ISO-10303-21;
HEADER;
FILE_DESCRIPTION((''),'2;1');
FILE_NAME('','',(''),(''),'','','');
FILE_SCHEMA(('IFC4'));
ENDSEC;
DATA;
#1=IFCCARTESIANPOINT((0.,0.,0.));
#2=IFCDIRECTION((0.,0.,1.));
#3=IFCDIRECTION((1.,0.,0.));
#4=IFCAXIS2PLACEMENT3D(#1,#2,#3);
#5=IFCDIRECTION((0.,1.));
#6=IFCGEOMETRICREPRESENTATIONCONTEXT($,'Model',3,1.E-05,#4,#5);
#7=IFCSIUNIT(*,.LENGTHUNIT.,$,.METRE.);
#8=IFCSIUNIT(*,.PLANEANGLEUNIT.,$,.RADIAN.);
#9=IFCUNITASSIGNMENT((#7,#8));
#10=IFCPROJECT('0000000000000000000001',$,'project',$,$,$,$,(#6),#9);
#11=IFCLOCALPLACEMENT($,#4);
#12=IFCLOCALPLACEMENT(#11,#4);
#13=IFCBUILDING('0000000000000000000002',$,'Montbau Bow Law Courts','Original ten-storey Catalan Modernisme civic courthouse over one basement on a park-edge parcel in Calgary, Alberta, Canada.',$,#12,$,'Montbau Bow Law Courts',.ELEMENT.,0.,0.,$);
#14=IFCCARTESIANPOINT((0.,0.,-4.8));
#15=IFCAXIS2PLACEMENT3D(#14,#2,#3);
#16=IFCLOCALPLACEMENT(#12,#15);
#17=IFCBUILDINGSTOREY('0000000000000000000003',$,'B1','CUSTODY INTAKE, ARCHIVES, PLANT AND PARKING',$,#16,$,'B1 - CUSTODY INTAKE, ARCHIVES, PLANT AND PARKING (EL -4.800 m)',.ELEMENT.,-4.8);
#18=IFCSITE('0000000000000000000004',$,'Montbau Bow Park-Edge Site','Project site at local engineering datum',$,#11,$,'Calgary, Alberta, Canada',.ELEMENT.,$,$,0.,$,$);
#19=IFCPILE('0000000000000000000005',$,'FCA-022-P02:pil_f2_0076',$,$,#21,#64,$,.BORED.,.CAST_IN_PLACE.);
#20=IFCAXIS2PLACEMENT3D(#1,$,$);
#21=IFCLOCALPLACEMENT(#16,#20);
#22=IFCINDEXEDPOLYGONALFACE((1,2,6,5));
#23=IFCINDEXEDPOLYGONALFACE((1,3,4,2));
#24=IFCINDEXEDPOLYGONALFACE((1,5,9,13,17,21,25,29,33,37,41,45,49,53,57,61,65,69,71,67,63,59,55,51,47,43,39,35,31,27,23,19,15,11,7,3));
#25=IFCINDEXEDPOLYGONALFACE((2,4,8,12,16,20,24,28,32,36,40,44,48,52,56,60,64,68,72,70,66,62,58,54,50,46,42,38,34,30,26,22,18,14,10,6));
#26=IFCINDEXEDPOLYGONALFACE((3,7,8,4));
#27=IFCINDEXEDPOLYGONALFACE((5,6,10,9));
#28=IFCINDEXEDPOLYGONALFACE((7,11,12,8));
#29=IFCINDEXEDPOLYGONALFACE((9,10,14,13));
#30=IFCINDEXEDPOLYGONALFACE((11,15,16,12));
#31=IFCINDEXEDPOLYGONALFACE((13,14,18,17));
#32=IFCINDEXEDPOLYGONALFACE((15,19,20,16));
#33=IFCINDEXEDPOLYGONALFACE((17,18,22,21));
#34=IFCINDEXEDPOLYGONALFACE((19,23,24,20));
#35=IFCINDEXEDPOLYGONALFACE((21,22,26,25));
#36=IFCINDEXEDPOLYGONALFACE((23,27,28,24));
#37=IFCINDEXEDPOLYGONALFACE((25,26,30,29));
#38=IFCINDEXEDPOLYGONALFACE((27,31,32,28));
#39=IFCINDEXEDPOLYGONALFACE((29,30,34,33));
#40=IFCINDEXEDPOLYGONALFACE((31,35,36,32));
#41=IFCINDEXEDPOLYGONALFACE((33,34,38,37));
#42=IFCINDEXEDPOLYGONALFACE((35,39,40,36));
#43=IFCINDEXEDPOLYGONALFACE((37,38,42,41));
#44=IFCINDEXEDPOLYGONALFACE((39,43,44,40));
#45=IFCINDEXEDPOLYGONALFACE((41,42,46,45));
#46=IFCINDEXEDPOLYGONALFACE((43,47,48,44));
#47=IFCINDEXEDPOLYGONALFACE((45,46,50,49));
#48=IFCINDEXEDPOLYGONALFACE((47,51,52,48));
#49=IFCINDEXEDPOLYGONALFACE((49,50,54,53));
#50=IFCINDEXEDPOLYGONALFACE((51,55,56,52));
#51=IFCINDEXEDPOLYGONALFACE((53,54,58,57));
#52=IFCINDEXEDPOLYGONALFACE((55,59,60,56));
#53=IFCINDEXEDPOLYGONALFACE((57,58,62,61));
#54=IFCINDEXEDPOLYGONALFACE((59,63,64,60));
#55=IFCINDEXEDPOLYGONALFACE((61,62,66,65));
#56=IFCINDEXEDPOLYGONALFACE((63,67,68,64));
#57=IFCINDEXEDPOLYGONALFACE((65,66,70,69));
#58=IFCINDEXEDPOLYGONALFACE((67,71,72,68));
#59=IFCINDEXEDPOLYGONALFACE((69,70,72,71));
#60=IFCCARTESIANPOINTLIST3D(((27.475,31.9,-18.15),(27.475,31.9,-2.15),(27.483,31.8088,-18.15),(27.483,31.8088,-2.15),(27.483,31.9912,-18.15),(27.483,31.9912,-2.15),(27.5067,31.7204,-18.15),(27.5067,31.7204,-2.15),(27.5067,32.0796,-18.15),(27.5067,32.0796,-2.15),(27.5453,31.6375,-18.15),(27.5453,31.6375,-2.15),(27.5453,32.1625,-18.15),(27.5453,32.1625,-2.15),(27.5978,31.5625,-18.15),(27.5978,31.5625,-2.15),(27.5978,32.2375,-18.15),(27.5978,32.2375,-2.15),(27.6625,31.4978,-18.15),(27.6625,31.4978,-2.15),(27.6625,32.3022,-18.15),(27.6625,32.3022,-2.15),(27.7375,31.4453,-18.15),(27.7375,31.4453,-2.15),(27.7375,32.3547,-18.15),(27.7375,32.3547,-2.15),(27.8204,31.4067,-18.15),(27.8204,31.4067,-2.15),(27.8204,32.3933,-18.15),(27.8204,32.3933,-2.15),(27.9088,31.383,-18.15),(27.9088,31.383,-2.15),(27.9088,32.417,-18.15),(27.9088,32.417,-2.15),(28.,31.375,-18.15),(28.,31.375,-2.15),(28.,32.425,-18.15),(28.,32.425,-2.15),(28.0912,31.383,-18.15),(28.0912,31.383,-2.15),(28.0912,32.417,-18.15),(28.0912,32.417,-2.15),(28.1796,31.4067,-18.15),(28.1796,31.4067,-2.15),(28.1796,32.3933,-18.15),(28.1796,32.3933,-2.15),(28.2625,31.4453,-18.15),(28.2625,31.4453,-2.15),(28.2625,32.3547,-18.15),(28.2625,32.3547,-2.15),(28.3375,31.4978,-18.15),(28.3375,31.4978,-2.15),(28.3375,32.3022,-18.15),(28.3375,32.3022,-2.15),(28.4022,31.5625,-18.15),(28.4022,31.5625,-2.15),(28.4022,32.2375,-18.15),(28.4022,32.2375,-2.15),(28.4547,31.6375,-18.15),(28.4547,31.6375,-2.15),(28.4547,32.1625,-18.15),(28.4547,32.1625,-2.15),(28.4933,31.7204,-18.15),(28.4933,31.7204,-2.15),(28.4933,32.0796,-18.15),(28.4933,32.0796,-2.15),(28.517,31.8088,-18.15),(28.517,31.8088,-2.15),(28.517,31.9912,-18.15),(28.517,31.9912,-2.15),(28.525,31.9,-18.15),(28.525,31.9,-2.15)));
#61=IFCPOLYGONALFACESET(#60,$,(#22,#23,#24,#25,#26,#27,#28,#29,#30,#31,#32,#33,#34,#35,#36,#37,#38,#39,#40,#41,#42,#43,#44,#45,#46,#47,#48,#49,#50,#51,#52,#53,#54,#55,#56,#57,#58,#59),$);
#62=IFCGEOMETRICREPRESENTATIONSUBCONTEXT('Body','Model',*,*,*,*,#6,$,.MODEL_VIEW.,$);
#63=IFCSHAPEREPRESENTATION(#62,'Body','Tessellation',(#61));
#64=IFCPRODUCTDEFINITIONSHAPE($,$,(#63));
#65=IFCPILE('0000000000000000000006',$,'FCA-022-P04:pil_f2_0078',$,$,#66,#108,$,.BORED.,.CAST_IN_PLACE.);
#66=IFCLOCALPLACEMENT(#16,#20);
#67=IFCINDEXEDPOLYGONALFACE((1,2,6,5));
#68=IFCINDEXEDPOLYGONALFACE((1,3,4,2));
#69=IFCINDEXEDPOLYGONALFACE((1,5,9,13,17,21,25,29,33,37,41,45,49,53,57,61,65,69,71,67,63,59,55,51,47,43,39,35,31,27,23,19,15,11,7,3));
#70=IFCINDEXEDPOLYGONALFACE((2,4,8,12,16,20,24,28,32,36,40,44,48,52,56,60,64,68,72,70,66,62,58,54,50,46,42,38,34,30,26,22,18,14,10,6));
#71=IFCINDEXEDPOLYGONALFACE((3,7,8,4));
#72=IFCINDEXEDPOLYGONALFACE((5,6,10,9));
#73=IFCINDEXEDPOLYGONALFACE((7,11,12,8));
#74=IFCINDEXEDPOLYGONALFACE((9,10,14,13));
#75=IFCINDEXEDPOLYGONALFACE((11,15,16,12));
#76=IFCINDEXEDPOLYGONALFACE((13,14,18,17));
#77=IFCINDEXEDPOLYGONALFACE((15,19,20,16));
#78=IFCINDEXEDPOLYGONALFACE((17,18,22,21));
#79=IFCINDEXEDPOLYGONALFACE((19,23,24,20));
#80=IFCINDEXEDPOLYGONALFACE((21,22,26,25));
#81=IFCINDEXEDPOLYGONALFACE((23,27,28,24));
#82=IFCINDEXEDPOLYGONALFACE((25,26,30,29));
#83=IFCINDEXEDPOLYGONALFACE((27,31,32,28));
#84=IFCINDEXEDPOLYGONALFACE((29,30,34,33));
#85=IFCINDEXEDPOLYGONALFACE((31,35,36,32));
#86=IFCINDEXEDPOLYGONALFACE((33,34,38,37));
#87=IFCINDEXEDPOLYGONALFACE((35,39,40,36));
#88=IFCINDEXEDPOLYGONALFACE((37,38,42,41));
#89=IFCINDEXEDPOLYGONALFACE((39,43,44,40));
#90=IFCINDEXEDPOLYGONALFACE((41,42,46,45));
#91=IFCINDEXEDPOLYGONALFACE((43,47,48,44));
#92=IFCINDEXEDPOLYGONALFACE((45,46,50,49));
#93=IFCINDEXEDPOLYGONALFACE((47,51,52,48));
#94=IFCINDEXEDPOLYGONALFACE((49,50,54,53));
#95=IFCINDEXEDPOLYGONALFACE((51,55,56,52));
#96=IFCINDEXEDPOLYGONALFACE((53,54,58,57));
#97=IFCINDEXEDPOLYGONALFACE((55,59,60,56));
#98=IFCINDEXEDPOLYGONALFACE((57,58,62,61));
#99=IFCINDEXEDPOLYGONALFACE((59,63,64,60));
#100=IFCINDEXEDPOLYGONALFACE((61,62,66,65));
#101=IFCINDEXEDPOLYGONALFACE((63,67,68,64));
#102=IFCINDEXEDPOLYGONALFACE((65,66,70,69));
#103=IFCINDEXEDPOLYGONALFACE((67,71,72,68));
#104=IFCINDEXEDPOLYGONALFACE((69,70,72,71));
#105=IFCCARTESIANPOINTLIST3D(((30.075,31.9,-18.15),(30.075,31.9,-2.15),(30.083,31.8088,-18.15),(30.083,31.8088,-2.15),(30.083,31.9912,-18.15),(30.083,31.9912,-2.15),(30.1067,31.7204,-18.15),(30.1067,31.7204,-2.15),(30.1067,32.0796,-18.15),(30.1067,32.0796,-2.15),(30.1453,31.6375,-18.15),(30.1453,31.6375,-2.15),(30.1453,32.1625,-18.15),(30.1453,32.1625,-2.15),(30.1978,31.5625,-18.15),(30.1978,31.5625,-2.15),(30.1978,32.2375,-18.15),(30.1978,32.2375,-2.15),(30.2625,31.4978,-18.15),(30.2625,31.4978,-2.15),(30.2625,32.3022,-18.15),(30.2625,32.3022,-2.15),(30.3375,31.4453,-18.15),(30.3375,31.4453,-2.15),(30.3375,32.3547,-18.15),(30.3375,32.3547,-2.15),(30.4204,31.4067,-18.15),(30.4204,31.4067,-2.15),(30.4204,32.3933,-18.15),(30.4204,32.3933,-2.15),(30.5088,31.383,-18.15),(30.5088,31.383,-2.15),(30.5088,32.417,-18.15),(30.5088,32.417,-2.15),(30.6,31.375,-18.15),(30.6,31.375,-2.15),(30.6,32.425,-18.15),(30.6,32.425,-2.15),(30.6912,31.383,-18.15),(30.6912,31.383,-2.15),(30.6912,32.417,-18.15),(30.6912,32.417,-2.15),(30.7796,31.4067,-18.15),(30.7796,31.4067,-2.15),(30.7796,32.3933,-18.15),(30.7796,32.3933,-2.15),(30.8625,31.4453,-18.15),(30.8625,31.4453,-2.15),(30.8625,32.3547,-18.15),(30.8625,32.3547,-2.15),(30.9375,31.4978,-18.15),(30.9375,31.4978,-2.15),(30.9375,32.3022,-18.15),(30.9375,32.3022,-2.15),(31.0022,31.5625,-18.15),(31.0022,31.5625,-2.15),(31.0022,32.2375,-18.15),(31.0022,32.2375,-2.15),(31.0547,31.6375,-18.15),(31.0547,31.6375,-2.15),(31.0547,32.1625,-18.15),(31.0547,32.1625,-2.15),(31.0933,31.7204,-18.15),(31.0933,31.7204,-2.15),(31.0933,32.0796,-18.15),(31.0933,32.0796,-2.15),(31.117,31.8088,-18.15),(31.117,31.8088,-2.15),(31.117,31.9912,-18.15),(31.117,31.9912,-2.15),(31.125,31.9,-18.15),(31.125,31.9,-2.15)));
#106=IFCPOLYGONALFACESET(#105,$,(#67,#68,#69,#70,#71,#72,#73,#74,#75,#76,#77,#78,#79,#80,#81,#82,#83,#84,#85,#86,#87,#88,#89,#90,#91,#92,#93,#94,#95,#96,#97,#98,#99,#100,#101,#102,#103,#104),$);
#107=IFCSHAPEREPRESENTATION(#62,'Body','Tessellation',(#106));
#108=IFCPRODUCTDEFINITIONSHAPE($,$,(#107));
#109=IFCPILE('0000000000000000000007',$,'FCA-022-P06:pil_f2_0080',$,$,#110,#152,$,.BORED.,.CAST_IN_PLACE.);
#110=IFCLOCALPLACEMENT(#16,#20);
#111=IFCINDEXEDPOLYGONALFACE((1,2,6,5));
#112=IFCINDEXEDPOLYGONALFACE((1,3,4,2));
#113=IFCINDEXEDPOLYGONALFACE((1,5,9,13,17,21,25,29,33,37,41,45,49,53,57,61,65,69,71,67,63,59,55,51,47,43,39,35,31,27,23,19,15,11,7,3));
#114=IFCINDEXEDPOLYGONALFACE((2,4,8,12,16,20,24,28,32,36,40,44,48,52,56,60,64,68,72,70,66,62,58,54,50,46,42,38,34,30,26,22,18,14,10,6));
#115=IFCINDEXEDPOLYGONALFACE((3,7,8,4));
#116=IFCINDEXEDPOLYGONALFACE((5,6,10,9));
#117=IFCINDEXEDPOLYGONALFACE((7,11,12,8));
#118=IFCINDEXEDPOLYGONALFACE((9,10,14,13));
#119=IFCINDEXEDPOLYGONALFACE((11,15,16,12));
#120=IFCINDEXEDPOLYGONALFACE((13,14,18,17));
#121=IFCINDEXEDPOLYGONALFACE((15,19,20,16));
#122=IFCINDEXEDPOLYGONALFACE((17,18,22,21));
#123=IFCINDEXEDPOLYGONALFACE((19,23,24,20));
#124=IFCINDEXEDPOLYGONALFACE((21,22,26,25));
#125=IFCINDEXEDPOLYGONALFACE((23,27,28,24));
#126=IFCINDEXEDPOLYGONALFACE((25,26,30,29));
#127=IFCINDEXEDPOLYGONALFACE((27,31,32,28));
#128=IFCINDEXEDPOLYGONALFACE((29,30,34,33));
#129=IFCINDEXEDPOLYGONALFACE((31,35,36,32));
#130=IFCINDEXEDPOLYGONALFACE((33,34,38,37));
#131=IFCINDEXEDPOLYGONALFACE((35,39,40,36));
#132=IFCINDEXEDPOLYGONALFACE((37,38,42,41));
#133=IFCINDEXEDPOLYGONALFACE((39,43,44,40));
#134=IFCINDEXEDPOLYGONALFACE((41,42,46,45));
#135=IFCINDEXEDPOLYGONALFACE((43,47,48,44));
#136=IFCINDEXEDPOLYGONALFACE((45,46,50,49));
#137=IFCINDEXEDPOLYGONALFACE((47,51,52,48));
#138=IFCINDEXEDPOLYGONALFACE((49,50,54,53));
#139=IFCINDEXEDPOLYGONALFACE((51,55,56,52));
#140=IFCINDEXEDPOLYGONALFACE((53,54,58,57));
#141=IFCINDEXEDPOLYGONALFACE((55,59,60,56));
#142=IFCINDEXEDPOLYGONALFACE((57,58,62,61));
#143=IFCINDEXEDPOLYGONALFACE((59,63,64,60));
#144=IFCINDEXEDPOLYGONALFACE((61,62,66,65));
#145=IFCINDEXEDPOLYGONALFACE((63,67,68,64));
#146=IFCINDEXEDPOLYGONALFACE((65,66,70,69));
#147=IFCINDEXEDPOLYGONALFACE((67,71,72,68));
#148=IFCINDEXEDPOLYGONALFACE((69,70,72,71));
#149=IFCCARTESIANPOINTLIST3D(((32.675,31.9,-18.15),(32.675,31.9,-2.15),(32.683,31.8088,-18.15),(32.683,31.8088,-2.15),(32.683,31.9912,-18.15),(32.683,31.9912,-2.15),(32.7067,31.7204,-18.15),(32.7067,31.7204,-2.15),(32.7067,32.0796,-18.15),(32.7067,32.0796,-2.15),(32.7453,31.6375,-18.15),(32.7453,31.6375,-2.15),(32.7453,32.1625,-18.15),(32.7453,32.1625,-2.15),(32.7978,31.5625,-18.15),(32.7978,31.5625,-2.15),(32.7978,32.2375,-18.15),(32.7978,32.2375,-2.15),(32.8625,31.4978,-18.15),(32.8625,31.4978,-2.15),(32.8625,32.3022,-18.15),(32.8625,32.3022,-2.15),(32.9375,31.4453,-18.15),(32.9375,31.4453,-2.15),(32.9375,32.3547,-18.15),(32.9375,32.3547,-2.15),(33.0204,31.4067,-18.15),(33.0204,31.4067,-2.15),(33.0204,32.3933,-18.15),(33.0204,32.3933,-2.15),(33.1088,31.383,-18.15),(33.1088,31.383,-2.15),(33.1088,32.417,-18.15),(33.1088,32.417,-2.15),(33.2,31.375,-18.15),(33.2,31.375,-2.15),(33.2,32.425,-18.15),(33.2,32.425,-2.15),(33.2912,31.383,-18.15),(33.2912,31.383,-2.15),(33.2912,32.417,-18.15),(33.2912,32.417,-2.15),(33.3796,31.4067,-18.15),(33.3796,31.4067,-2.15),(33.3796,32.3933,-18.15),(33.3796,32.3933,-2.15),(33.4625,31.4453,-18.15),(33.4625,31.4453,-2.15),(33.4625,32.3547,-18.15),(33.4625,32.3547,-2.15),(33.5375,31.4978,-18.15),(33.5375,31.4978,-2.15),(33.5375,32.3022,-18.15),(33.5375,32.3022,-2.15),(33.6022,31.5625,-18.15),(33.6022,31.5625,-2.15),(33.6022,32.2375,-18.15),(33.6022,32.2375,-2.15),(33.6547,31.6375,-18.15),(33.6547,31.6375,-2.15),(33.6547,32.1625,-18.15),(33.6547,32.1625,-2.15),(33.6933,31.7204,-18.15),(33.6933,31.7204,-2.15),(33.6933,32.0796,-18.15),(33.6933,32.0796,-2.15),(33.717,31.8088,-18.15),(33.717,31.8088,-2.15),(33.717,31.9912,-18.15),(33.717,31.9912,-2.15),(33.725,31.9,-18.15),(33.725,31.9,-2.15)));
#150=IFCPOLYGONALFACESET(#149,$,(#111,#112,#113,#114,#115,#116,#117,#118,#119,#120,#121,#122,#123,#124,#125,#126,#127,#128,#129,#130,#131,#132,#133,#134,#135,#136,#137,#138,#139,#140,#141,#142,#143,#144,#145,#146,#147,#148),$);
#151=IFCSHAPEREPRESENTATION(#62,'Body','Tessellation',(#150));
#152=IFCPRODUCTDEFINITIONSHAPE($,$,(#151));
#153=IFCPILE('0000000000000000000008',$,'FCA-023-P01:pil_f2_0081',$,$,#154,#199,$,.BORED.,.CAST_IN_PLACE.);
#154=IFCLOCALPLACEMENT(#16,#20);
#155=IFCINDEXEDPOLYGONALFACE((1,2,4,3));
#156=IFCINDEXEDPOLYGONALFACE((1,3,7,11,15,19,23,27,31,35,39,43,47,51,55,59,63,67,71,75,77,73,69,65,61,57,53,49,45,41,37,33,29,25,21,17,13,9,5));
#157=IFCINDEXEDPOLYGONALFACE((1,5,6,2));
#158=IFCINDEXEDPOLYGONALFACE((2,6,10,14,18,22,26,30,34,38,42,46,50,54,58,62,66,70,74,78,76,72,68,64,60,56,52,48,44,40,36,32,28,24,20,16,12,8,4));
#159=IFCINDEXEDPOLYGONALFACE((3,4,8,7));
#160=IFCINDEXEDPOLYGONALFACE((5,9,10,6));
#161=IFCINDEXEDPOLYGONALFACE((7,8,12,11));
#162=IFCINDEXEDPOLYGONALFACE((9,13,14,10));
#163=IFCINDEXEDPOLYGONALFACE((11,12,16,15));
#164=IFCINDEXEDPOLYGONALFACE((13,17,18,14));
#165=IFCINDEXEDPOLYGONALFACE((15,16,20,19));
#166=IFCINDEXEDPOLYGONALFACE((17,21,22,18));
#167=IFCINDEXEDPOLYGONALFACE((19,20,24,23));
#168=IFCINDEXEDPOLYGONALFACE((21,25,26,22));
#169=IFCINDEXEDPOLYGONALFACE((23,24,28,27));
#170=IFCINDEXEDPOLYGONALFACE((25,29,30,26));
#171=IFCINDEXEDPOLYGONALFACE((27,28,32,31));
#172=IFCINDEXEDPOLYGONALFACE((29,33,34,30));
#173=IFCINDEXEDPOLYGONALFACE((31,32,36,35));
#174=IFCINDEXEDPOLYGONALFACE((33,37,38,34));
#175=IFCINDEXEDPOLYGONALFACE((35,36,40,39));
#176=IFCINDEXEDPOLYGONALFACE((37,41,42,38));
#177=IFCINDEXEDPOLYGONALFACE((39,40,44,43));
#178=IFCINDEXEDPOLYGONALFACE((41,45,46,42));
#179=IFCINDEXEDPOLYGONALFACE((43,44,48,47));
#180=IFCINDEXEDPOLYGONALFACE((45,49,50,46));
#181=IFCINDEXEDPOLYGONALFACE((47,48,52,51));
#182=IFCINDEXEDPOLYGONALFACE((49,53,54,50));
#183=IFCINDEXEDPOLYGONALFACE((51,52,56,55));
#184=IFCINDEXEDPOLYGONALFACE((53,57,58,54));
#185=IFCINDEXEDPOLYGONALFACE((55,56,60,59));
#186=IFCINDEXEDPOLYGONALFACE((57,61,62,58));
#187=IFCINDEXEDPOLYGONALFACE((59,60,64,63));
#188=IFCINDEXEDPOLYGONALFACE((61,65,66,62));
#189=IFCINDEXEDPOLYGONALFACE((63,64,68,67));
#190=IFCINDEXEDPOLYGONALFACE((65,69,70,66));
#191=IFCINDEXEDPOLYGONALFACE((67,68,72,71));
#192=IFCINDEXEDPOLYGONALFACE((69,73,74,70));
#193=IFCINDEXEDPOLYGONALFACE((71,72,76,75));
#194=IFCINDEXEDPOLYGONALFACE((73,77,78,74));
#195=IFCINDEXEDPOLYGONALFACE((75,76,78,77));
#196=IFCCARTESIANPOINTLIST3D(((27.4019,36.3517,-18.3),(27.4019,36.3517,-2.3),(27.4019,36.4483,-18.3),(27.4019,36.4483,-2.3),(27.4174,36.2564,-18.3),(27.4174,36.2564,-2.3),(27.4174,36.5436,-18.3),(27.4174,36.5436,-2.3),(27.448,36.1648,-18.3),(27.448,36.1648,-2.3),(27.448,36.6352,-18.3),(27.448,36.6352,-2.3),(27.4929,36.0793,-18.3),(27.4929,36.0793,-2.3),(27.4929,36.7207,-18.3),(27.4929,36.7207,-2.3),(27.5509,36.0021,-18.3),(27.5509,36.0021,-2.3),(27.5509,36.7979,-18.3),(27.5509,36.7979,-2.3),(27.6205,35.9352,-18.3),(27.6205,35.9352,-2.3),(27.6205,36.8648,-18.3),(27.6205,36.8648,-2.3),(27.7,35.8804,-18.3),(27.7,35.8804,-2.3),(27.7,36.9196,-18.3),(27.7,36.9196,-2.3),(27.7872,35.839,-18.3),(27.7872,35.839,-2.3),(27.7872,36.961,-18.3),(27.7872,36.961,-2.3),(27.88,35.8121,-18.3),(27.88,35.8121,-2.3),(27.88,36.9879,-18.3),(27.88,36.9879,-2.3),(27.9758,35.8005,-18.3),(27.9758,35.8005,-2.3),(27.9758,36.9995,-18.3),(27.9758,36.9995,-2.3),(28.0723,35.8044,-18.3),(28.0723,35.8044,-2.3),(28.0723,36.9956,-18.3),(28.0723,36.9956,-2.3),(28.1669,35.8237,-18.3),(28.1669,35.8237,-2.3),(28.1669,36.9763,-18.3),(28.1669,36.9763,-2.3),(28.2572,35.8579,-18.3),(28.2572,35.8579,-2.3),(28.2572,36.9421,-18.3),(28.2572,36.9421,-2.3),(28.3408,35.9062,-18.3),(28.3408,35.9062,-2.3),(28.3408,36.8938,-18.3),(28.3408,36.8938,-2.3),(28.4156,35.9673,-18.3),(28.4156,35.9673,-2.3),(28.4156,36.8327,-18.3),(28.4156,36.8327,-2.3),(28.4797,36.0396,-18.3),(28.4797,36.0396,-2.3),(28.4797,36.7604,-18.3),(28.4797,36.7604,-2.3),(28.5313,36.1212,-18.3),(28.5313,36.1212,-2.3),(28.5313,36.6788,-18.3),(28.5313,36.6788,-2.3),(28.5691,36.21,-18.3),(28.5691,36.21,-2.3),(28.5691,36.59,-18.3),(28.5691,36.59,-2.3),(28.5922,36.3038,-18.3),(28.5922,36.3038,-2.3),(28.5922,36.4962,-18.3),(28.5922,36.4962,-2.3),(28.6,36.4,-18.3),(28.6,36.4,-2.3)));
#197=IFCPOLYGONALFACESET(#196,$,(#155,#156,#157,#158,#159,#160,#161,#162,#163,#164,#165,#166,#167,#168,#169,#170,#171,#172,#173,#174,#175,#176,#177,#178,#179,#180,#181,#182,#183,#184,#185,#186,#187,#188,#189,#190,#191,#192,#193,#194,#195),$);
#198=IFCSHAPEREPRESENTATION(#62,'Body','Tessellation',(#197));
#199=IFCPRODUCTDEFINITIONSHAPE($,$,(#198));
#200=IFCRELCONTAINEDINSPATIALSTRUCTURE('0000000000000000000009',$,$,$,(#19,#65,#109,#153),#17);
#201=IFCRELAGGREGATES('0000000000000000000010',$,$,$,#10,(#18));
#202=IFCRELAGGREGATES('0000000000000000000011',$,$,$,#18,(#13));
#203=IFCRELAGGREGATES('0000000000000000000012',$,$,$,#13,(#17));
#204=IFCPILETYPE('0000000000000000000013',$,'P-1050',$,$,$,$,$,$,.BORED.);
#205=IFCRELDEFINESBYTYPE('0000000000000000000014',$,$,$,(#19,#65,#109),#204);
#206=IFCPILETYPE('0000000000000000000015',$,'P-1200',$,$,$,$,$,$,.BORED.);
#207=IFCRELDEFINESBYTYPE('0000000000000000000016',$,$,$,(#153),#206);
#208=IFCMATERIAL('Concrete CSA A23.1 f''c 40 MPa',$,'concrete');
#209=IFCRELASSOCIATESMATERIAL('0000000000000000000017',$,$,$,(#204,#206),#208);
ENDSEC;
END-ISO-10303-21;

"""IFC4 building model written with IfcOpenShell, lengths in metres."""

from ifc_helpers import new_model, si_unit, direction, frame, origin_with_axes, origin_2d_with_axis, place, context, subcontext, project, spatial, circle, extrude, material, material_profile, profile_set, type_object, element, save


model = new_model("IFC4")

# Units and contexts
model_context = context("Model", 3, precision=1e-05, world=origin_with_axes(), true_north=direction((0.0, 1.0)))
body_context = subcontext(model_context, "Body", "Model", "MODEL_VIEW")
ifc_project = project(units=[si_unit("LENGTHUNIT", "METRE"), si_unit("PLANEANGLEUNIT", "RADIAN")], contexts=[model_context])

# Site, building, storey
site_placement = place(None, origin_with_axes())
site = spatial("IfcSite", under=ifc_project, at=site_placement, Name="Montbau Bow Park-Edge Site", Description="Project site at local engineering datum", LongName="Calgary, Alberta, Canada", CompositionType="ELEMENT", RefElevation=0.0)
building_placement = place(site_placement, origin_with_axes())
building = spatial("IfcBuilding", under=site, at=building_placement, Name="Montbau Bow Law Courts", Description="Original ten-storey Catalan Modernisme civic courthouse over one basement on a park-edge parcel in Calgary, Alberta, Canada.", LongName="Montbau Bow Law Courts", CompositionType="ELEMENT", ElevationOfRefHeight=0.0, ElevationOfTerrain=0.0)
storey_placement = place(building_placement, frame((0.0, 0.0, -4.8), z_axis=(0.0, 0.0, 1.0), x_axis=(1.0, 0.0, 0.0)))
storey = spatial("IfcBuildingStorey", under=building, at=storey_placement, Name="B1", Description="CUSTODY INTAKE, ARCHIVES, PLANT AND PARKING", LongName="B1 - CUSTODY INTAKE, ARCHIVES, PLANT AND PARKING (EL -4.800 m)", CompositionType="ELEMENT", Elevation=-4.8)

# Piles
ifc_material_1 = material(Name="Concrete CSA A23.1 f'c 40 MPa", Category="concrete")
ifc_material_profile_1 = material_profile(ifc_material_1, circle(Radius=0.525, at=origin_2d_with_axis()), Name="BP1050", Category="Main", Priority=0)
ifc_profile_set_1 = profile_set([ifc_material_profile_1], Name="Concrete CSA A23.1 f'c 40 MPa")
pile_type_1 = type_object("IfcPileType", Name="P-1050", PredefinedType="BORED", material=ifc_profile_set_1)
for number, where, z_axis, x_axis, name in (
    (1, (28.0, 31.9, -22.95), (0.0, 0.0, 1.0), (1.0, 0.0, 0.0), "FCA-022-P02:pil_f2_0076"),
    (2, (30.6, 31.9, -22.95), (0.0, 0.0, 1.0), (1.0, 0.0, 0.0), "FCA-022-P04:pil_f2_0078"),
    (3, (33.2, 31.9, -22.95), (0.0, 0.0, 1.0), (1.0, 0.0, 0.0), "FCA-022-P06:pil_f2_0080"),
):
    element("IfcPile", number, at=place(None, frame(where, z_axis=z_axis, x_axis=x_axis)), inside=storey, type_object=pile_type_1, Name=name, ConstructionType="CAST_IN_PLACE", PredefinedType="BORED", context=body_context, shape_type="SweptSolid", body=[
        extrude(circle(Radius=0.525, at=origin_2d_with_axis()), origin_with_axes(), (0.0, 0.0, 1.0), 16.0),
    ])
ifc_material_profile_2 = material_profile(ifc_material_1, circle(Radius=0.6, at=origin_2d_with_axis()), Name="BP1200", Category="Main", Priority=0)
ifc_profile_set_2 = profile_set([ifc_material_profile_2], Name="Concrete CSA A23.1 f'c 40 MPa")
pile_type_2 = type_object("IfcPileType", Name="P-1200", PredefinedType="BORED", material=ifc_profile_set_2)
for number, where, z_axis, x_axis, name in (
    (4, (28.0, 36.4, -23.1), (0.0, 0.0, 1.0), (1.0, 0.0, 0.0), "FCA-023-P01:pil_f2_0081"),
):
    element("IfcPile", number, at=place(None, frame(where, z_axis=z_axis, x_axis=x_axis)), inside=storey, type_object=pile_type_2, Name=name, ConstructionType="CAST_IN_PLACE", PredefinedType="BORED", context=body_context, shape_type="SweptSolid", body=[
        extrude(circle(Radius=0.6, at=origin_2d_with_axis()), origin_with_axes(), (0.0, 0.0, 1.0), 16.0),
    ])

save(model, "model.ifc")
